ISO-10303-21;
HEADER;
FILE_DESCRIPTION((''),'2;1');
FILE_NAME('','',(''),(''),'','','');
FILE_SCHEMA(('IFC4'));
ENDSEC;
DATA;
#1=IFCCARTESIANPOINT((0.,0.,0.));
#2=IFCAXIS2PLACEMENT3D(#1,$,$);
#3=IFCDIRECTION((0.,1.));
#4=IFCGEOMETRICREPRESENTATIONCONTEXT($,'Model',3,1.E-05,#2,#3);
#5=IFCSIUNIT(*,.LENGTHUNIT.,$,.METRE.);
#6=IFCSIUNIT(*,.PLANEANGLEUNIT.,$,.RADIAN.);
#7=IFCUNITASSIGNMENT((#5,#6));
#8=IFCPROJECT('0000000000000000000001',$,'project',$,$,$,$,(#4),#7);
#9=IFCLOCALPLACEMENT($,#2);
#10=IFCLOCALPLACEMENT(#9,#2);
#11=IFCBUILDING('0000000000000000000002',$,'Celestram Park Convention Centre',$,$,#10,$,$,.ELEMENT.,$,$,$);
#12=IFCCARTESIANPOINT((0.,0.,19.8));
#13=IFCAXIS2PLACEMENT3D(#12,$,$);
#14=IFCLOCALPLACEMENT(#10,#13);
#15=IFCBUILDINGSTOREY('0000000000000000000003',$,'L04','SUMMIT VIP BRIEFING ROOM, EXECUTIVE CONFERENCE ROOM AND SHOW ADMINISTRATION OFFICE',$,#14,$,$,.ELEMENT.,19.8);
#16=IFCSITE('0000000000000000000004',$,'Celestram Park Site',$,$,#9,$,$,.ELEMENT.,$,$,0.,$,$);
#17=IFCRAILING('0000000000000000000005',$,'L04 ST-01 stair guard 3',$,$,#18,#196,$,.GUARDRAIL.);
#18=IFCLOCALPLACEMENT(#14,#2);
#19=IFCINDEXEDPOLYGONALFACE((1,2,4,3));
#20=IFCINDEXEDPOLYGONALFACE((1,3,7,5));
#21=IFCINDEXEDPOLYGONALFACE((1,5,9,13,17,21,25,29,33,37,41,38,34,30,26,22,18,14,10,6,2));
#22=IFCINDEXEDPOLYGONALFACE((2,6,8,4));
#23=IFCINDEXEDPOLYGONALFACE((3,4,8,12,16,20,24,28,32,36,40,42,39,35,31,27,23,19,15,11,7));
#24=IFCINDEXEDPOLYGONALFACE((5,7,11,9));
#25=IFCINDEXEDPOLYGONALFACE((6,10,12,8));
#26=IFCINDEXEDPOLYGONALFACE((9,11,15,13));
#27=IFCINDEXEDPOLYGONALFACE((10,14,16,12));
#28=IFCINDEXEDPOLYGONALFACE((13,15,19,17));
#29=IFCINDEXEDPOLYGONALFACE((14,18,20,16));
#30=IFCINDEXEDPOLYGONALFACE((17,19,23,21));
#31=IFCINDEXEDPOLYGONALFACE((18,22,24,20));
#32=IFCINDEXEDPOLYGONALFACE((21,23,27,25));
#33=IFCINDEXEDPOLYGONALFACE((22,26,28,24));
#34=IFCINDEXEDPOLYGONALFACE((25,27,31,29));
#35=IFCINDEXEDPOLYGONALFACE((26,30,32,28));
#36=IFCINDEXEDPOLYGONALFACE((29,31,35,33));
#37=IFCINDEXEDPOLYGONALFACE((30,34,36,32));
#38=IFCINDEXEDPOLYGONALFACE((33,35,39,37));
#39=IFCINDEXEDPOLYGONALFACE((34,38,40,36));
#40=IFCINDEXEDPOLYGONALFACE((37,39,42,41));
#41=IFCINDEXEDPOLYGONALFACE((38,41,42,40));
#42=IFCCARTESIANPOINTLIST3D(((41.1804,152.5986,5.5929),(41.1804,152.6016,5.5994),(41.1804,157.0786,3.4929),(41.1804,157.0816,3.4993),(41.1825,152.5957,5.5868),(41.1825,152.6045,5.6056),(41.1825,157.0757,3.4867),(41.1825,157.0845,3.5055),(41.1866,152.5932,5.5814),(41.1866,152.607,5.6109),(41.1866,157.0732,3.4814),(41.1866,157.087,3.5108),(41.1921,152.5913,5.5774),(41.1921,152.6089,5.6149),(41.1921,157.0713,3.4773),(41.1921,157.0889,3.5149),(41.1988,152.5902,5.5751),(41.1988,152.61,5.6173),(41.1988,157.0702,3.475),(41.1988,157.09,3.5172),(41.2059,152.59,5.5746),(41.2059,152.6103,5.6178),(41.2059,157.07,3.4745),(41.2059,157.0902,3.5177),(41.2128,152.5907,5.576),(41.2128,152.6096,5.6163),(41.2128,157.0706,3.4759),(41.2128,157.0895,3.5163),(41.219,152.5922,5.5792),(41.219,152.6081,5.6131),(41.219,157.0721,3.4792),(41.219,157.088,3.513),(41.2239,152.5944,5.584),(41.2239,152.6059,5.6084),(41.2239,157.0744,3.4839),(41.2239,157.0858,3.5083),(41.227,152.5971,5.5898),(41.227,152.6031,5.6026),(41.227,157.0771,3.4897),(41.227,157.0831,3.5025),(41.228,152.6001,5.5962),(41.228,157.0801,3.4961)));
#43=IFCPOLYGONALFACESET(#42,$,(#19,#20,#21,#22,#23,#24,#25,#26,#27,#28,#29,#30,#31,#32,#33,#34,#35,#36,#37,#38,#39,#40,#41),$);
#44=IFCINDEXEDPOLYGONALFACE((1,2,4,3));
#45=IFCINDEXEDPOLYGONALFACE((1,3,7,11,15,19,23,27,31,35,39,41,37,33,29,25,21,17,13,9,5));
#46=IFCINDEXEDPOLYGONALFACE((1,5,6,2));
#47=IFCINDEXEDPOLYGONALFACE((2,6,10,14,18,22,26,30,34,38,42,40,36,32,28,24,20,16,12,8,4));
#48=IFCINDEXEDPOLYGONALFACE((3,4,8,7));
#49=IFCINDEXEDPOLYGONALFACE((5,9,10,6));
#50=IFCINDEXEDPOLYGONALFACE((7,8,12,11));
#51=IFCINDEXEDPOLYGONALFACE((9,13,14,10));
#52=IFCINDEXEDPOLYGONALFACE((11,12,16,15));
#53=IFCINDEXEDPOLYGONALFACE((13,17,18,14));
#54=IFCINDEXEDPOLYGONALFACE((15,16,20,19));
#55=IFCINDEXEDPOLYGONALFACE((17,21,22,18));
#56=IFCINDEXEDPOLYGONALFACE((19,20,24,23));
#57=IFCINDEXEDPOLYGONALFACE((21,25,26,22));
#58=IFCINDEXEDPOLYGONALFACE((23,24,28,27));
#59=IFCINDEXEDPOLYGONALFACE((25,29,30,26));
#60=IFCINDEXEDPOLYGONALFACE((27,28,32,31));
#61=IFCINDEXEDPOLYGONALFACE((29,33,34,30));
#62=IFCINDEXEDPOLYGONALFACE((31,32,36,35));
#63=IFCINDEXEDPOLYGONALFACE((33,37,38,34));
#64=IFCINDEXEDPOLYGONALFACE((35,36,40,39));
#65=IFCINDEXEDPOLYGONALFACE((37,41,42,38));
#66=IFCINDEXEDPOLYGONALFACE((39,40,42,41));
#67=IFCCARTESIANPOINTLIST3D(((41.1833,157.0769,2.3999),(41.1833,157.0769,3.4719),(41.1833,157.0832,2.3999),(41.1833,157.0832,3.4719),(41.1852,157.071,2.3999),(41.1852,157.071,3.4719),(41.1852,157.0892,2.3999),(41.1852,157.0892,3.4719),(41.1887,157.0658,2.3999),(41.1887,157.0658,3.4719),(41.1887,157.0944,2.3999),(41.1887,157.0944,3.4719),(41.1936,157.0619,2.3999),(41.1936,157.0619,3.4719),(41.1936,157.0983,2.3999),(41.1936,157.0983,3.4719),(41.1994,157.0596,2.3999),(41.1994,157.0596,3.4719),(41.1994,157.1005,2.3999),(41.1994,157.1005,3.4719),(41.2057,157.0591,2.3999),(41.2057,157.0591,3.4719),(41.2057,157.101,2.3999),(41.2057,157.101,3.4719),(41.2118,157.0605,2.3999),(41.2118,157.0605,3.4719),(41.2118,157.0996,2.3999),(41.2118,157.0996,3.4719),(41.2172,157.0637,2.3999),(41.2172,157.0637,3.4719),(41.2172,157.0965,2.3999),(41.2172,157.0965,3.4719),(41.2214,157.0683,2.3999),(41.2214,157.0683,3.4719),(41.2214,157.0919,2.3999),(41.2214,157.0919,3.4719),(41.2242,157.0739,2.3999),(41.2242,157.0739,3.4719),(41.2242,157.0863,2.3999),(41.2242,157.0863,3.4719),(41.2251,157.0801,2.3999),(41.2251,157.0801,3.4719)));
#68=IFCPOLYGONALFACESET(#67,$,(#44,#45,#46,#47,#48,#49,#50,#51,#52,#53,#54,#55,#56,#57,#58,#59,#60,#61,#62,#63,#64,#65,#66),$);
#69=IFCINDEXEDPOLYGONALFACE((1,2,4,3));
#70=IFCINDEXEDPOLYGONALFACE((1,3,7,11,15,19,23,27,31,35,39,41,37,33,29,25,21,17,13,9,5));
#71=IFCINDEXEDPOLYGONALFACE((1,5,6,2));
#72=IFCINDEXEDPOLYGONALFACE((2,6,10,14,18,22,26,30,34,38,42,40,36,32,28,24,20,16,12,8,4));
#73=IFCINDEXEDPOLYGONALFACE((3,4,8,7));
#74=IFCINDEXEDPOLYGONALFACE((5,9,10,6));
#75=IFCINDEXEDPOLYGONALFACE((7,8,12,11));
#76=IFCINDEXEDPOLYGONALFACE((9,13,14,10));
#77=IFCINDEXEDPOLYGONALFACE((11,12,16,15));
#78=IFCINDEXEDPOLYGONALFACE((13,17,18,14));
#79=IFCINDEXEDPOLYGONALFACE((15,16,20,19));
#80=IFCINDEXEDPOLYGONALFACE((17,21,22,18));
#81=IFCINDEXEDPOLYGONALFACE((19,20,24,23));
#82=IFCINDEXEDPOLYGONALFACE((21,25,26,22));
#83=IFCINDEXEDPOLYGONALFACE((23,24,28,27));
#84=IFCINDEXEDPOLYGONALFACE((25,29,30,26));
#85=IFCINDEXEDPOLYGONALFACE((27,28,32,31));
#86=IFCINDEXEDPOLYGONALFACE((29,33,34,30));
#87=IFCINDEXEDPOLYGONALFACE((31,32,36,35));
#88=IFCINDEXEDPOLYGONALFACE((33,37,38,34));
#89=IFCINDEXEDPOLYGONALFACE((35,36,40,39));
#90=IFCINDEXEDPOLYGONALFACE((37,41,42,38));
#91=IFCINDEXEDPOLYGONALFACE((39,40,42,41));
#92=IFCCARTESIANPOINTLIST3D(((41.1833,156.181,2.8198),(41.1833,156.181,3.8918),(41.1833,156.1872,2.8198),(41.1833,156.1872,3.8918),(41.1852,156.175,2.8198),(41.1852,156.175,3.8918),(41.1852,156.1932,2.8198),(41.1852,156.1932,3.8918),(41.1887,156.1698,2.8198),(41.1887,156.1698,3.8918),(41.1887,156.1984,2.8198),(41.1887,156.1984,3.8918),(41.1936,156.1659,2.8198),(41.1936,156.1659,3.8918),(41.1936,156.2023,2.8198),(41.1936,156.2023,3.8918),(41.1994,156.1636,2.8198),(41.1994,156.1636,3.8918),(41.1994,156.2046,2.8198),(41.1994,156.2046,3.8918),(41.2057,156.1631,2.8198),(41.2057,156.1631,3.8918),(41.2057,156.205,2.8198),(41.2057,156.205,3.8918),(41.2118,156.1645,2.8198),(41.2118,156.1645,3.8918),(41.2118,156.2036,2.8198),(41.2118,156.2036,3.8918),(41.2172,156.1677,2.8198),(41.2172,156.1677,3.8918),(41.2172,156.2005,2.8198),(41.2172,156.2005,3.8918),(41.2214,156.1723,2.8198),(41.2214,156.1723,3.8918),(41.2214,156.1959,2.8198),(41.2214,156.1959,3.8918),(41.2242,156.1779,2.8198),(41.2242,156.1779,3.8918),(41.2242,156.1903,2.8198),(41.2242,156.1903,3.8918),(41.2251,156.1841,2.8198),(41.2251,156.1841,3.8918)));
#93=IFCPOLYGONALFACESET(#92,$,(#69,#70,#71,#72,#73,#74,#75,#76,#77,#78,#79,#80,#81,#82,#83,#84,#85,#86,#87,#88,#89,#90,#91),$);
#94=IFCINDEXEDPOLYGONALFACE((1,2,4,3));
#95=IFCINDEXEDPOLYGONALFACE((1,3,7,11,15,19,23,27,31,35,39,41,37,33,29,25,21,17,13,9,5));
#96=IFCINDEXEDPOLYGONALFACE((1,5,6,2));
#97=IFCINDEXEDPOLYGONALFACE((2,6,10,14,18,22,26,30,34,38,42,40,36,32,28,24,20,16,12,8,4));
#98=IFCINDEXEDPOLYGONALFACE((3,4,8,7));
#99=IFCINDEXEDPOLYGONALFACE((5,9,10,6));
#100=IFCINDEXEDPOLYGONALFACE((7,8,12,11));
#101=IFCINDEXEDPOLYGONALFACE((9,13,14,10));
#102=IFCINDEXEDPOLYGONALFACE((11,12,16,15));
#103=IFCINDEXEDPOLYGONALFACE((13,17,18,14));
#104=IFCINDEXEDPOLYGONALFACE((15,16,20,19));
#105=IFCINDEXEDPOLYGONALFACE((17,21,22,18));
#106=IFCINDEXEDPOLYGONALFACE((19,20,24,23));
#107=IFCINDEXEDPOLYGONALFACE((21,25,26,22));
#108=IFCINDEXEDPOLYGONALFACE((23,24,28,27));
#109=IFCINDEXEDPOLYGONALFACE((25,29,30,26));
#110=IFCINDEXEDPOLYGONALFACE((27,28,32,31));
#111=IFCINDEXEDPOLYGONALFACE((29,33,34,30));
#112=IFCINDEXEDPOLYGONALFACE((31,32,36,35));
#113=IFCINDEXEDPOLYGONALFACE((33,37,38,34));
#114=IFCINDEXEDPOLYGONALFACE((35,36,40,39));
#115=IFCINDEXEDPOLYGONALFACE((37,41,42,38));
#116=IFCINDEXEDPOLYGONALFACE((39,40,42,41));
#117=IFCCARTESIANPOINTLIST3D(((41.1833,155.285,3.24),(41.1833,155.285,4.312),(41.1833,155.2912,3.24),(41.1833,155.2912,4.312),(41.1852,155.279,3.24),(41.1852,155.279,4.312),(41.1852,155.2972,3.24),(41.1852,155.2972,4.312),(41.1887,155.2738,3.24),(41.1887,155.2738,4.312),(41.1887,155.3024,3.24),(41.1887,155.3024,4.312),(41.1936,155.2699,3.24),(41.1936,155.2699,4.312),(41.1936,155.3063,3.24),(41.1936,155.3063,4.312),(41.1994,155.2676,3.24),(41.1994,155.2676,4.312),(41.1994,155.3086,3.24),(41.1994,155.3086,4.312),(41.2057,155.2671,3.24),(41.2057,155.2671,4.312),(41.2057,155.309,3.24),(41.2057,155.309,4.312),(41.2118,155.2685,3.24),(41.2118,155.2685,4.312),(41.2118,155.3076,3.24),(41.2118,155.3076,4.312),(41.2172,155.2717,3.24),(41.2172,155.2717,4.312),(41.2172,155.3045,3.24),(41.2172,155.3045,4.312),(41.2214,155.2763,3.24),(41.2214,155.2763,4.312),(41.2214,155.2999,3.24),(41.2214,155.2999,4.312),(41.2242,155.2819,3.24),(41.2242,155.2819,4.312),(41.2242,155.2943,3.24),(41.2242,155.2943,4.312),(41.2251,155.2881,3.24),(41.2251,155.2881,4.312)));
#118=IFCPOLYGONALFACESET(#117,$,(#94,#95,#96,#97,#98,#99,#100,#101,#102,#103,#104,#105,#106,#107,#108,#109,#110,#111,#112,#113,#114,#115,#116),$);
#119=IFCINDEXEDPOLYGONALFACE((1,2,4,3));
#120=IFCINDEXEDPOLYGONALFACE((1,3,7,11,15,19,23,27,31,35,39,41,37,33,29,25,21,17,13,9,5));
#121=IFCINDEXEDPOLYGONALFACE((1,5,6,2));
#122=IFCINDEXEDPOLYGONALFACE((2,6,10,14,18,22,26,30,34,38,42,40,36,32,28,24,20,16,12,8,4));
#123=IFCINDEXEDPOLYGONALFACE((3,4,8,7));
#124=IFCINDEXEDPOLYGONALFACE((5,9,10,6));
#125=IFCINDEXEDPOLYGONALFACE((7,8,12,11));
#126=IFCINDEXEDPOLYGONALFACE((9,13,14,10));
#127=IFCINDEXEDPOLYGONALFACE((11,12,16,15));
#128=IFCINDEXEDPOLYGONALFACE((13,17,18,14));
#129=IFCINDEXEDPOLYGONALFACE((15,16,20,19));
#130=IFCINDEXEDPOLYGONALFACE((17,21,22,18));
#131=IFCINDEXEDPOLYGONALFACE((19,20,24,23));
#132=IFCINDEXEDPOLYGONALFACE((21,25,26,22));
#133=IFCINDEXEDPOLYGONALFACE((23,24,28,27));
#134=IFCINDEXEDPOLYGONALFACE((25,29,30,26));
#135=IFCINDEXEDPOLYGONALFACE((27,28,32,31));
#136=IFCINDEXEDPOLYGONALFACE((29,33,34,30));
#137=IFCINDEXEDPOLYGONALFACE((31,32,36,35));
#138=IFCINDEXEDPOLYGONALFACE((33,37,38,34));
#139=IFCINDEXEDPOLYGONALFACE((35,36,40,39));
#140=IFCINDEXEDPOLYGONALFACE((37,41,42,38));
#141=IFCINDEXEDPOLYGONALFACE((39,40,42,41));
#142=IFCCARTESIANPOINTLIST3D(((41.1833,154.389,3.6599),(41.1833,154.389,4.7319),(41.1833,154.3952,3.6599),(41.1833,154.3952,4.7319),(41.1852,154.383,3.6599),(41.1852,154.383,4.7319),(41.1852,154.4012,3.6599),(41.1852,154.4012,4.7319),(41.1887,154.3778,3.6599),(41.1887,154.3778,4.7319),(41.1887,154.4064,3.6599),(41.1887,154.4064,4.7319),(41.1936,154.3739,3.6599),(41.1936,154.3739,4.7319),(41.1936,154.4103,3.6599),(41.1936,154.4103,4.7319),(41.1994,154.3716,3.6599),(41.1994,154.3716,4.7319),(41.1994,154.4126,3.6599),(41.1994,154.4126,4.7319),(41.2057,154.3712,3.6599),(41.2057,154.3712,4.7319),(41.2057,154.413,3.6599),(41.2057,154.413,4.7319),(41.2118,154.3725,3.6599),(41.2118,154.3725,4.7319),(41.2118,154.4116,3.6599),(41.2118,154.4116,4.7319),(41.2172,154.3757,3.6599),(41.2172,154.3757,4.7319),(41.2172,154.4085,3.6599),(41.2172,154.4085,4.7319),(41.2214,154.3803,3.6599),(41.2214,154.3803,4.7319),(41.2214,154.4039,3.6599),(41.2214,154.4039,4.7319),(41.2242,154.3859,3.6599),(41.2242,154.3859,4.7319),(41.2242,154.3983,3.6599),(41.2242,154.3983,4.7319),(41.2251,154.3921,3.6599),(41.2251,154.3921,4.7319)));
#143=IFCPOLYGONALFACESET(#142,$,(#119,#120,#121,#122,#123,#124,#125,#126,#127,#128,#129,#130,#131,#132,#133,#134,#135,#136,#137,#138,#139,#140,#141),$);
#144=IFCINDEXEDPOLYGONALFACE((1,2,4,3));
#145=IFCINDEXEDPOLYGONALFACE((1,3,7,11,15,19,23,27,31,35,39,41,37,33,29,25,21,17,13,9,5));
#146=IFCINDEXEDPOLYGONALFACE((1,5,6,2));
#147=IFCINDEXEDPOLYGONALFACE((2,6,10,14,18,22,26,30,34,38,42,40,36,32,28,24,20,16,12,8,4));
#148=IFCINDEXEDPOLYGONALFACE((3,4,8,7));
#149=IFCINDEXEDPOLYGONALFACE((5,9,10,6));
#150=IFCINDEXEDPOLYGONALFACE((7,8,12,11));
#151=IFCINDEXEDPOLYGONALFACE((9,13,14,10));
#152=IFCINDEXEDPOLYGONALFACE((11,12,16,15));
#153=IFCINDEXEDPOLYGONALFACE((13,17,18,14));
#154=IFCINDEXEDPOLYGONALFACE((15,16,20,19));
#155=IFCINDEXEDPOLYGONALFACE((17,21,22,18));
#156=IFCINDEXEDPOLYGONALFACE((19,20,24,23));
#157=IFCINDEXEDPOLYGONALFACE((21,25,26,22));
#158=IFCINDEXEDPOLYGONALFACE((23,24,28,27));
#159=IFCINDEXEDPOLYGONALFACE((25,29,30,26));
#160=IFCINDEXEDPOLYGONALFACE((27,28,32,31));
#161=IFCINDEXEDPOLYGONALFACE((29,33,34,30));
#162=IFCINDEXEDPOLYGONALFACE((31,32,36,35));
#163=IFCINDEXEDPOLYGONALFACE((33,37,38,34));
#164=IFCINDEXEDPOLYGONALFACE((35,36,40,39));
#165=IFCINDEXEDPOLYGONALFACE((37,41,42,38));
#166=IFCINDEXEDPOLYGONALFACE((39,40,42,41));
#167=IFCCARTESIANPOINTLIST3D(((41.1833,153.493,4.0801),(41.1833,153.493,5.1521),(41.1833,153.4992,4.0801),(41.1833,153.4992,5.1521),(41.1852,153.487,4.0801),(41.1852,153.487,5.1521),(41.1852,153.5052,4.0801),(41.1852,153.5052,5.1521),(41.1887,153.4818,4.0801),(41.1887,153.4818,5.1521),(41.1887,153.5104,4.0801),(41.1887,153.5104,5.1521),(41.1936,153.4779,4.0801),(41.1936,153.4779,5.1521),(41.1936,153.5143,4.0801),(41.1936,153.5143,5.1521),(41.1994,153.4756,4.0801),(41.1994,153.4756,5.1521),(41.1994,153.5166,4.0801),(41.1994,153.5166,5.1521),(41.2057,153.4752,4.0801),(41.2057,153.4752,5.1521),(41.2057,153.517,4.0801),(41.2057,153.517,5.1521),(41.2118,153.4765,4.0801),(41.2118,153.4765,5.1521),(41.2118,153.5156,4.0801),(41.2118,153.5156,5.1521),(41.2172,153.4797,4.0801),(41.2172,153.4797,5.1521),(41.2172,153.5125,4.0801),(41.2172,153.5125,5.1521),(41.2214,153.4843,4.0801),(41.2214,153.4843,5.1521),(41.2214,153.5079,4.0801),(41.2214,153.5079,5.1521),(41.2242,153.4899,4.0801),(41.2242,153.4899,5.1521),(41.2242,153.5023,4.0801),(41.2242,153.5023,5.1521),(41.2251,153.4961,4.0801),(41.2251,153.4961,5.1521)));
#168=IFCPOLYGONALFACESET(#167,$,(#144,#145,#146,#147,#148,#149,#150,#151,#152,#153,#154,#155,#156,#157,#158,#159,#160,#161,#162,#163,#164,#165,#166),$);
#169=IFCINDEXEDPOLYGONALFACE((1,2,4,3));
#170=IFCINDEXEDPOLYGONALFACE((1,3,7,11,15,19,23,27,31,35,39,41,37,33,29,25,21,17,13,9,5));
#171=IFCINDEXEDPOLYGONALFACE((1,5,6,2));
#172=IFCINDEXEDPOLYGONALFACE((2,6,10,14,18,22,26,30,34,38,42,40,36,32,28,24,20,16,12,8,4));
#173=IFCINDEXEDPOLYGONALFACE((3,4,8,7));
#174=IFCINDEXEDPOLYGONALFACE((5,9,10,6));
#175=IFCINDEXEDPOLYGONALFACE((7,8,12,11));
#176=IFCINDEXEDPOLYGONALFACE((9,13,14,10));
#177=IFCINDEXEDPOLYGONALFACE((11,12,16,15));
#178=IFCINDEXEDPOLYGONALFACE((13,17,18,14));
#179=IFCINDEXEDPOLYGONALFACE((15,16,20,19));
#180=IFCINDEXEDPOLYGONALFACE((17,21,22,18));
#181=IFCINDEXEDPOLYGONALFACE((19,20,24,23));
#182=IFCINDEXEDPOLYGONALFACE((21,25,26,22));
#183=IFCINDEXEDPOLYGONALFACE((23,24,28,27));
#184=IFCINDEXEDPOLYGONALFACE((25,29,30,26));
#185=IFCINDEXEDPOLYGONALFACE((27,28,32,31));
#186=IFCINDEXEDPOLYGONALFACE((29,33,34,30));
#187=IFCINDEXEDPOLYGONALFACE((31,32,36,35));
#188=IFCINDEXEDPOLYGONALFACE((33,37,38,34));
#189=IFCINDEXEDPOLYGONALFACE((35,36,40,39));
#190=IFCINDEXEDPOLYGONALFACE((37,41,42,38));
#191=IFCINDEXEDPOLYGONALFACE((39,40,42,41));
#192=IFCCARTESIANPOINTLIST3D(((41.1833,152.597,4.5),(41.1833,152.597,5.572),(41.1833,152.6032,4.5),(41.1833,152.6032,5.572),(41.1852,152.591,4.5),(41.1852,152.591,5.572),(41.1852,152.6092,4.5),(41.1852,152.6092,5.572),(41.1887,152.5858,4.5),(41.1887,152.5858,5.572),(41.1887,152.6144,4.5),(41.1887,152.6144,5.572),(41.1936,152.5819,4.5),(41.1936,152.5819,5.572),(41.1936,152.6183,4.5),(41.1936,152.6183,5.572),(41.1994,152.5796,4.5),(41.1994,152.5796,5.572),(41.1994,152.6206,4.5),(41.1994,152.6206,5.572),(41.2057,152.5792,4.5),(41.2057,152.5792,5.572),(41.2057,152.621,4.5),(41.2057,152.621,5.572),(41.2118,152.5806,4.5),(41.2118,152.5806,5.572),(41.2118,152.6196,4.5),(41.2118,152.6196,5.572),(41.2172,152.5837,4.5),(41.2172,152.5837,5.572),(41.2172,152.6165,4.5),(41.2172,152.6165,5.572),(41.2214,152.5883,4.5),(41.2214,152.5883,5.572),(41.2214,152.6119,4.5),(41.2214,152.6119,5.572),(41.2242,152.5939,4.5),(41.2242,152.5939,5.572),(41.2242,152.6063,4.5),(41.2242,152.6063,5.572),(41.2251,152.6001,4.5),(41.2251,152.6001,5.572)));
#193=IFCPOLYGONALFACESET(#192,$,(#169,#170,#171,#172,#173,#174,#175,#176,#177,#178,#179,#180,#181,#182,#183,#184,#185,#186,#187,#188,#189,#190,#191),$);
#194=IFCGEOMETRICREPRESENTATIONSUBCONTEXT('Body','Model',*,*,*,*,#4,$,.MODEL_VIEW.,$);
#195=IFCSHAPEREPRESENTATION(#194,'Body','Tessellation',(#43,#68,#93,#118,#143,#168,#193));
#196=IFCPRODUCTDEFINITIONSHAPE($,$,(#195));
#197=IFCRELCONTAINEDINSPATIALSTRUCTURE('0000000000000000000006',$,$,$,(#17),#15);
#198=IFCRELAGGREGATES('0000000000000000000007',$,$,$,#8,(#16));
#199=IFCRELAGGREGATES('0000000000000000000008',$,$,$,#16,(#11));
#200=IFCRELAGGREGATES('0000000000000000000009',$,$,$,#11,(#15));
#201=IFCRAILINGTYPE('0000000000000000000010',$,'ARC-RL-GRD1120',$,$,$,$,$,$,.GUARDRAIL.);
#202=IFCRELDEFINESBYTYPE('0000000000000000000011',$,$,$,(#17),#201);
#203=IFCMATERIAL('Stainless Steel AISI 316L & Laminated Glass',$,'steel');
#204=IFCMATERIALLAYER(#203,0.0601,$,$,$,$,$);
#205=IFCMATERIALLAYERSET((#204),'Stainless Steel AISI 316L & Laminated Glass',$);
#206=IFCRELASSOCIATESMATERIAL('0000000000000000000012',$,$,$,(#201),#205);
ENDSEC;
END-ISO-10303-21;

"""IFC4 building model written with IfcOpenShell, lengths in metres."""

from ifc_helpers import new_model, si_unit, direction, frame, origin, origin_2d, place, context, subcontext, project, spatial, circle, extrude, material, layer, layer_set, type_object, element, save


model = new_model("IFC4")

# Units and contexts
model_context = context("Model", 3, precision=1e-05, world=origin(), true_north=direction((0.0, 1.0)))
body_context = subcontext(model_context, "Body", "Model", "MODEL_VIEW")
ifc_project = project(units=[si_unit("LENGTHUNIT", "METRE"), si_unit("PLANEANGLEUNIT", "RADIAN")], contexts=[model_context])

# Site, building, storey
site_placement = place(None, origin())
site = spatial("IfcSite", under=ifc_project, at=site_placement, Name="Celestram Park Site", CompositionType="ELEMENT", RefElevation=0.0)
building_placement = place(site_placement, origin())
building = spatial("IfcBuilding", under=site, at=building_placement, Name="Celestram Park Convention Centre", CompositionType="ELEMENT")
storey_placement = place(building_placement, frame((0.0, 0.0, 19.8)))
storey = spatial("IfcBuildingStorey", under=building, at=storey_placement, Name="L04", Description="SUMMIT VIP BRIEFING ROOM, EXECUTIVE CONFERENCE ROOM AND SHOW ADMINISTRATION OFFICE", CompositionType="ELEMENT", Elevation=19.8)

# Railing
ifc_material_1 = material(Name="Stainless Steel AISI 316L & Laminated Glass", Category="steel")
ifc_layer_1 = layer(ifc_material_1, 0.0601)
ifc_layer_set_1 = layer_set([ifc_layer_1], Name="Stainless Steel AISI 316L & Laminated Glass")
railing_type_1 = type_object("IfcRailingType", Name="ARC-RL-GRD1120", PredefinedType="GUARDRAIL", material=ifc_layer_set_1)
railing_1_placement = place(storey_placement, frame((41.2041, 157.0801, 2.3999)))
element("IfcRailing", 1, at=railing_1_placement, inside=storey, type_object=railing_type_1, Name="L04 ST-01 stair guard 3", PredefinedType="GUARDRAIL", context=body_context, shape_type="SweptSolid", body=[
    extrude(circle(Radius=0.0239, at=origin_2d()), frame((0.0, 0.0, 1.0962), z_axis=(0.0, -0.905451, 0.424452), x_axis=(1.0, 0.0, 0.0)), (0.0, 0.0, 1.0), 4.9478),
    extrude(circle(Radius=0.021, at=origin_2d()), origin(), (0.0, 0.0, 1.0), 1.072),
    extrude(circle(Radius=0.021, at=origin_2d()), frame((0.0, -0.896, 0.4199)), (0.0, 0.0, 1.0), 1.072),
    extrude(circle(Radius=0.021, at=origin_2d()), frame((0.0, -1.792, 0.8401)), (0.0, 0.0, 1.0), 1.072),
    extrude(circle(Radius=0.021, at=origin_2d()), frame((0.0, -2.688, 1.26)), (0.0, 0.0, 1.0), 1.072),
    extrude(circle(Radius=0.021, at=origin_2d()), frame((0.0, -3.584, 1.6802)), (0.0, 0.0, 1.0), 1.072),
    extrude(circle(Radius=0.021, at=origin_2d()), frame((0.0, -4.48, 2.1001)), (0.0, 0.0, 1.0), 1.072),
])

save(model, "model.ifc")
